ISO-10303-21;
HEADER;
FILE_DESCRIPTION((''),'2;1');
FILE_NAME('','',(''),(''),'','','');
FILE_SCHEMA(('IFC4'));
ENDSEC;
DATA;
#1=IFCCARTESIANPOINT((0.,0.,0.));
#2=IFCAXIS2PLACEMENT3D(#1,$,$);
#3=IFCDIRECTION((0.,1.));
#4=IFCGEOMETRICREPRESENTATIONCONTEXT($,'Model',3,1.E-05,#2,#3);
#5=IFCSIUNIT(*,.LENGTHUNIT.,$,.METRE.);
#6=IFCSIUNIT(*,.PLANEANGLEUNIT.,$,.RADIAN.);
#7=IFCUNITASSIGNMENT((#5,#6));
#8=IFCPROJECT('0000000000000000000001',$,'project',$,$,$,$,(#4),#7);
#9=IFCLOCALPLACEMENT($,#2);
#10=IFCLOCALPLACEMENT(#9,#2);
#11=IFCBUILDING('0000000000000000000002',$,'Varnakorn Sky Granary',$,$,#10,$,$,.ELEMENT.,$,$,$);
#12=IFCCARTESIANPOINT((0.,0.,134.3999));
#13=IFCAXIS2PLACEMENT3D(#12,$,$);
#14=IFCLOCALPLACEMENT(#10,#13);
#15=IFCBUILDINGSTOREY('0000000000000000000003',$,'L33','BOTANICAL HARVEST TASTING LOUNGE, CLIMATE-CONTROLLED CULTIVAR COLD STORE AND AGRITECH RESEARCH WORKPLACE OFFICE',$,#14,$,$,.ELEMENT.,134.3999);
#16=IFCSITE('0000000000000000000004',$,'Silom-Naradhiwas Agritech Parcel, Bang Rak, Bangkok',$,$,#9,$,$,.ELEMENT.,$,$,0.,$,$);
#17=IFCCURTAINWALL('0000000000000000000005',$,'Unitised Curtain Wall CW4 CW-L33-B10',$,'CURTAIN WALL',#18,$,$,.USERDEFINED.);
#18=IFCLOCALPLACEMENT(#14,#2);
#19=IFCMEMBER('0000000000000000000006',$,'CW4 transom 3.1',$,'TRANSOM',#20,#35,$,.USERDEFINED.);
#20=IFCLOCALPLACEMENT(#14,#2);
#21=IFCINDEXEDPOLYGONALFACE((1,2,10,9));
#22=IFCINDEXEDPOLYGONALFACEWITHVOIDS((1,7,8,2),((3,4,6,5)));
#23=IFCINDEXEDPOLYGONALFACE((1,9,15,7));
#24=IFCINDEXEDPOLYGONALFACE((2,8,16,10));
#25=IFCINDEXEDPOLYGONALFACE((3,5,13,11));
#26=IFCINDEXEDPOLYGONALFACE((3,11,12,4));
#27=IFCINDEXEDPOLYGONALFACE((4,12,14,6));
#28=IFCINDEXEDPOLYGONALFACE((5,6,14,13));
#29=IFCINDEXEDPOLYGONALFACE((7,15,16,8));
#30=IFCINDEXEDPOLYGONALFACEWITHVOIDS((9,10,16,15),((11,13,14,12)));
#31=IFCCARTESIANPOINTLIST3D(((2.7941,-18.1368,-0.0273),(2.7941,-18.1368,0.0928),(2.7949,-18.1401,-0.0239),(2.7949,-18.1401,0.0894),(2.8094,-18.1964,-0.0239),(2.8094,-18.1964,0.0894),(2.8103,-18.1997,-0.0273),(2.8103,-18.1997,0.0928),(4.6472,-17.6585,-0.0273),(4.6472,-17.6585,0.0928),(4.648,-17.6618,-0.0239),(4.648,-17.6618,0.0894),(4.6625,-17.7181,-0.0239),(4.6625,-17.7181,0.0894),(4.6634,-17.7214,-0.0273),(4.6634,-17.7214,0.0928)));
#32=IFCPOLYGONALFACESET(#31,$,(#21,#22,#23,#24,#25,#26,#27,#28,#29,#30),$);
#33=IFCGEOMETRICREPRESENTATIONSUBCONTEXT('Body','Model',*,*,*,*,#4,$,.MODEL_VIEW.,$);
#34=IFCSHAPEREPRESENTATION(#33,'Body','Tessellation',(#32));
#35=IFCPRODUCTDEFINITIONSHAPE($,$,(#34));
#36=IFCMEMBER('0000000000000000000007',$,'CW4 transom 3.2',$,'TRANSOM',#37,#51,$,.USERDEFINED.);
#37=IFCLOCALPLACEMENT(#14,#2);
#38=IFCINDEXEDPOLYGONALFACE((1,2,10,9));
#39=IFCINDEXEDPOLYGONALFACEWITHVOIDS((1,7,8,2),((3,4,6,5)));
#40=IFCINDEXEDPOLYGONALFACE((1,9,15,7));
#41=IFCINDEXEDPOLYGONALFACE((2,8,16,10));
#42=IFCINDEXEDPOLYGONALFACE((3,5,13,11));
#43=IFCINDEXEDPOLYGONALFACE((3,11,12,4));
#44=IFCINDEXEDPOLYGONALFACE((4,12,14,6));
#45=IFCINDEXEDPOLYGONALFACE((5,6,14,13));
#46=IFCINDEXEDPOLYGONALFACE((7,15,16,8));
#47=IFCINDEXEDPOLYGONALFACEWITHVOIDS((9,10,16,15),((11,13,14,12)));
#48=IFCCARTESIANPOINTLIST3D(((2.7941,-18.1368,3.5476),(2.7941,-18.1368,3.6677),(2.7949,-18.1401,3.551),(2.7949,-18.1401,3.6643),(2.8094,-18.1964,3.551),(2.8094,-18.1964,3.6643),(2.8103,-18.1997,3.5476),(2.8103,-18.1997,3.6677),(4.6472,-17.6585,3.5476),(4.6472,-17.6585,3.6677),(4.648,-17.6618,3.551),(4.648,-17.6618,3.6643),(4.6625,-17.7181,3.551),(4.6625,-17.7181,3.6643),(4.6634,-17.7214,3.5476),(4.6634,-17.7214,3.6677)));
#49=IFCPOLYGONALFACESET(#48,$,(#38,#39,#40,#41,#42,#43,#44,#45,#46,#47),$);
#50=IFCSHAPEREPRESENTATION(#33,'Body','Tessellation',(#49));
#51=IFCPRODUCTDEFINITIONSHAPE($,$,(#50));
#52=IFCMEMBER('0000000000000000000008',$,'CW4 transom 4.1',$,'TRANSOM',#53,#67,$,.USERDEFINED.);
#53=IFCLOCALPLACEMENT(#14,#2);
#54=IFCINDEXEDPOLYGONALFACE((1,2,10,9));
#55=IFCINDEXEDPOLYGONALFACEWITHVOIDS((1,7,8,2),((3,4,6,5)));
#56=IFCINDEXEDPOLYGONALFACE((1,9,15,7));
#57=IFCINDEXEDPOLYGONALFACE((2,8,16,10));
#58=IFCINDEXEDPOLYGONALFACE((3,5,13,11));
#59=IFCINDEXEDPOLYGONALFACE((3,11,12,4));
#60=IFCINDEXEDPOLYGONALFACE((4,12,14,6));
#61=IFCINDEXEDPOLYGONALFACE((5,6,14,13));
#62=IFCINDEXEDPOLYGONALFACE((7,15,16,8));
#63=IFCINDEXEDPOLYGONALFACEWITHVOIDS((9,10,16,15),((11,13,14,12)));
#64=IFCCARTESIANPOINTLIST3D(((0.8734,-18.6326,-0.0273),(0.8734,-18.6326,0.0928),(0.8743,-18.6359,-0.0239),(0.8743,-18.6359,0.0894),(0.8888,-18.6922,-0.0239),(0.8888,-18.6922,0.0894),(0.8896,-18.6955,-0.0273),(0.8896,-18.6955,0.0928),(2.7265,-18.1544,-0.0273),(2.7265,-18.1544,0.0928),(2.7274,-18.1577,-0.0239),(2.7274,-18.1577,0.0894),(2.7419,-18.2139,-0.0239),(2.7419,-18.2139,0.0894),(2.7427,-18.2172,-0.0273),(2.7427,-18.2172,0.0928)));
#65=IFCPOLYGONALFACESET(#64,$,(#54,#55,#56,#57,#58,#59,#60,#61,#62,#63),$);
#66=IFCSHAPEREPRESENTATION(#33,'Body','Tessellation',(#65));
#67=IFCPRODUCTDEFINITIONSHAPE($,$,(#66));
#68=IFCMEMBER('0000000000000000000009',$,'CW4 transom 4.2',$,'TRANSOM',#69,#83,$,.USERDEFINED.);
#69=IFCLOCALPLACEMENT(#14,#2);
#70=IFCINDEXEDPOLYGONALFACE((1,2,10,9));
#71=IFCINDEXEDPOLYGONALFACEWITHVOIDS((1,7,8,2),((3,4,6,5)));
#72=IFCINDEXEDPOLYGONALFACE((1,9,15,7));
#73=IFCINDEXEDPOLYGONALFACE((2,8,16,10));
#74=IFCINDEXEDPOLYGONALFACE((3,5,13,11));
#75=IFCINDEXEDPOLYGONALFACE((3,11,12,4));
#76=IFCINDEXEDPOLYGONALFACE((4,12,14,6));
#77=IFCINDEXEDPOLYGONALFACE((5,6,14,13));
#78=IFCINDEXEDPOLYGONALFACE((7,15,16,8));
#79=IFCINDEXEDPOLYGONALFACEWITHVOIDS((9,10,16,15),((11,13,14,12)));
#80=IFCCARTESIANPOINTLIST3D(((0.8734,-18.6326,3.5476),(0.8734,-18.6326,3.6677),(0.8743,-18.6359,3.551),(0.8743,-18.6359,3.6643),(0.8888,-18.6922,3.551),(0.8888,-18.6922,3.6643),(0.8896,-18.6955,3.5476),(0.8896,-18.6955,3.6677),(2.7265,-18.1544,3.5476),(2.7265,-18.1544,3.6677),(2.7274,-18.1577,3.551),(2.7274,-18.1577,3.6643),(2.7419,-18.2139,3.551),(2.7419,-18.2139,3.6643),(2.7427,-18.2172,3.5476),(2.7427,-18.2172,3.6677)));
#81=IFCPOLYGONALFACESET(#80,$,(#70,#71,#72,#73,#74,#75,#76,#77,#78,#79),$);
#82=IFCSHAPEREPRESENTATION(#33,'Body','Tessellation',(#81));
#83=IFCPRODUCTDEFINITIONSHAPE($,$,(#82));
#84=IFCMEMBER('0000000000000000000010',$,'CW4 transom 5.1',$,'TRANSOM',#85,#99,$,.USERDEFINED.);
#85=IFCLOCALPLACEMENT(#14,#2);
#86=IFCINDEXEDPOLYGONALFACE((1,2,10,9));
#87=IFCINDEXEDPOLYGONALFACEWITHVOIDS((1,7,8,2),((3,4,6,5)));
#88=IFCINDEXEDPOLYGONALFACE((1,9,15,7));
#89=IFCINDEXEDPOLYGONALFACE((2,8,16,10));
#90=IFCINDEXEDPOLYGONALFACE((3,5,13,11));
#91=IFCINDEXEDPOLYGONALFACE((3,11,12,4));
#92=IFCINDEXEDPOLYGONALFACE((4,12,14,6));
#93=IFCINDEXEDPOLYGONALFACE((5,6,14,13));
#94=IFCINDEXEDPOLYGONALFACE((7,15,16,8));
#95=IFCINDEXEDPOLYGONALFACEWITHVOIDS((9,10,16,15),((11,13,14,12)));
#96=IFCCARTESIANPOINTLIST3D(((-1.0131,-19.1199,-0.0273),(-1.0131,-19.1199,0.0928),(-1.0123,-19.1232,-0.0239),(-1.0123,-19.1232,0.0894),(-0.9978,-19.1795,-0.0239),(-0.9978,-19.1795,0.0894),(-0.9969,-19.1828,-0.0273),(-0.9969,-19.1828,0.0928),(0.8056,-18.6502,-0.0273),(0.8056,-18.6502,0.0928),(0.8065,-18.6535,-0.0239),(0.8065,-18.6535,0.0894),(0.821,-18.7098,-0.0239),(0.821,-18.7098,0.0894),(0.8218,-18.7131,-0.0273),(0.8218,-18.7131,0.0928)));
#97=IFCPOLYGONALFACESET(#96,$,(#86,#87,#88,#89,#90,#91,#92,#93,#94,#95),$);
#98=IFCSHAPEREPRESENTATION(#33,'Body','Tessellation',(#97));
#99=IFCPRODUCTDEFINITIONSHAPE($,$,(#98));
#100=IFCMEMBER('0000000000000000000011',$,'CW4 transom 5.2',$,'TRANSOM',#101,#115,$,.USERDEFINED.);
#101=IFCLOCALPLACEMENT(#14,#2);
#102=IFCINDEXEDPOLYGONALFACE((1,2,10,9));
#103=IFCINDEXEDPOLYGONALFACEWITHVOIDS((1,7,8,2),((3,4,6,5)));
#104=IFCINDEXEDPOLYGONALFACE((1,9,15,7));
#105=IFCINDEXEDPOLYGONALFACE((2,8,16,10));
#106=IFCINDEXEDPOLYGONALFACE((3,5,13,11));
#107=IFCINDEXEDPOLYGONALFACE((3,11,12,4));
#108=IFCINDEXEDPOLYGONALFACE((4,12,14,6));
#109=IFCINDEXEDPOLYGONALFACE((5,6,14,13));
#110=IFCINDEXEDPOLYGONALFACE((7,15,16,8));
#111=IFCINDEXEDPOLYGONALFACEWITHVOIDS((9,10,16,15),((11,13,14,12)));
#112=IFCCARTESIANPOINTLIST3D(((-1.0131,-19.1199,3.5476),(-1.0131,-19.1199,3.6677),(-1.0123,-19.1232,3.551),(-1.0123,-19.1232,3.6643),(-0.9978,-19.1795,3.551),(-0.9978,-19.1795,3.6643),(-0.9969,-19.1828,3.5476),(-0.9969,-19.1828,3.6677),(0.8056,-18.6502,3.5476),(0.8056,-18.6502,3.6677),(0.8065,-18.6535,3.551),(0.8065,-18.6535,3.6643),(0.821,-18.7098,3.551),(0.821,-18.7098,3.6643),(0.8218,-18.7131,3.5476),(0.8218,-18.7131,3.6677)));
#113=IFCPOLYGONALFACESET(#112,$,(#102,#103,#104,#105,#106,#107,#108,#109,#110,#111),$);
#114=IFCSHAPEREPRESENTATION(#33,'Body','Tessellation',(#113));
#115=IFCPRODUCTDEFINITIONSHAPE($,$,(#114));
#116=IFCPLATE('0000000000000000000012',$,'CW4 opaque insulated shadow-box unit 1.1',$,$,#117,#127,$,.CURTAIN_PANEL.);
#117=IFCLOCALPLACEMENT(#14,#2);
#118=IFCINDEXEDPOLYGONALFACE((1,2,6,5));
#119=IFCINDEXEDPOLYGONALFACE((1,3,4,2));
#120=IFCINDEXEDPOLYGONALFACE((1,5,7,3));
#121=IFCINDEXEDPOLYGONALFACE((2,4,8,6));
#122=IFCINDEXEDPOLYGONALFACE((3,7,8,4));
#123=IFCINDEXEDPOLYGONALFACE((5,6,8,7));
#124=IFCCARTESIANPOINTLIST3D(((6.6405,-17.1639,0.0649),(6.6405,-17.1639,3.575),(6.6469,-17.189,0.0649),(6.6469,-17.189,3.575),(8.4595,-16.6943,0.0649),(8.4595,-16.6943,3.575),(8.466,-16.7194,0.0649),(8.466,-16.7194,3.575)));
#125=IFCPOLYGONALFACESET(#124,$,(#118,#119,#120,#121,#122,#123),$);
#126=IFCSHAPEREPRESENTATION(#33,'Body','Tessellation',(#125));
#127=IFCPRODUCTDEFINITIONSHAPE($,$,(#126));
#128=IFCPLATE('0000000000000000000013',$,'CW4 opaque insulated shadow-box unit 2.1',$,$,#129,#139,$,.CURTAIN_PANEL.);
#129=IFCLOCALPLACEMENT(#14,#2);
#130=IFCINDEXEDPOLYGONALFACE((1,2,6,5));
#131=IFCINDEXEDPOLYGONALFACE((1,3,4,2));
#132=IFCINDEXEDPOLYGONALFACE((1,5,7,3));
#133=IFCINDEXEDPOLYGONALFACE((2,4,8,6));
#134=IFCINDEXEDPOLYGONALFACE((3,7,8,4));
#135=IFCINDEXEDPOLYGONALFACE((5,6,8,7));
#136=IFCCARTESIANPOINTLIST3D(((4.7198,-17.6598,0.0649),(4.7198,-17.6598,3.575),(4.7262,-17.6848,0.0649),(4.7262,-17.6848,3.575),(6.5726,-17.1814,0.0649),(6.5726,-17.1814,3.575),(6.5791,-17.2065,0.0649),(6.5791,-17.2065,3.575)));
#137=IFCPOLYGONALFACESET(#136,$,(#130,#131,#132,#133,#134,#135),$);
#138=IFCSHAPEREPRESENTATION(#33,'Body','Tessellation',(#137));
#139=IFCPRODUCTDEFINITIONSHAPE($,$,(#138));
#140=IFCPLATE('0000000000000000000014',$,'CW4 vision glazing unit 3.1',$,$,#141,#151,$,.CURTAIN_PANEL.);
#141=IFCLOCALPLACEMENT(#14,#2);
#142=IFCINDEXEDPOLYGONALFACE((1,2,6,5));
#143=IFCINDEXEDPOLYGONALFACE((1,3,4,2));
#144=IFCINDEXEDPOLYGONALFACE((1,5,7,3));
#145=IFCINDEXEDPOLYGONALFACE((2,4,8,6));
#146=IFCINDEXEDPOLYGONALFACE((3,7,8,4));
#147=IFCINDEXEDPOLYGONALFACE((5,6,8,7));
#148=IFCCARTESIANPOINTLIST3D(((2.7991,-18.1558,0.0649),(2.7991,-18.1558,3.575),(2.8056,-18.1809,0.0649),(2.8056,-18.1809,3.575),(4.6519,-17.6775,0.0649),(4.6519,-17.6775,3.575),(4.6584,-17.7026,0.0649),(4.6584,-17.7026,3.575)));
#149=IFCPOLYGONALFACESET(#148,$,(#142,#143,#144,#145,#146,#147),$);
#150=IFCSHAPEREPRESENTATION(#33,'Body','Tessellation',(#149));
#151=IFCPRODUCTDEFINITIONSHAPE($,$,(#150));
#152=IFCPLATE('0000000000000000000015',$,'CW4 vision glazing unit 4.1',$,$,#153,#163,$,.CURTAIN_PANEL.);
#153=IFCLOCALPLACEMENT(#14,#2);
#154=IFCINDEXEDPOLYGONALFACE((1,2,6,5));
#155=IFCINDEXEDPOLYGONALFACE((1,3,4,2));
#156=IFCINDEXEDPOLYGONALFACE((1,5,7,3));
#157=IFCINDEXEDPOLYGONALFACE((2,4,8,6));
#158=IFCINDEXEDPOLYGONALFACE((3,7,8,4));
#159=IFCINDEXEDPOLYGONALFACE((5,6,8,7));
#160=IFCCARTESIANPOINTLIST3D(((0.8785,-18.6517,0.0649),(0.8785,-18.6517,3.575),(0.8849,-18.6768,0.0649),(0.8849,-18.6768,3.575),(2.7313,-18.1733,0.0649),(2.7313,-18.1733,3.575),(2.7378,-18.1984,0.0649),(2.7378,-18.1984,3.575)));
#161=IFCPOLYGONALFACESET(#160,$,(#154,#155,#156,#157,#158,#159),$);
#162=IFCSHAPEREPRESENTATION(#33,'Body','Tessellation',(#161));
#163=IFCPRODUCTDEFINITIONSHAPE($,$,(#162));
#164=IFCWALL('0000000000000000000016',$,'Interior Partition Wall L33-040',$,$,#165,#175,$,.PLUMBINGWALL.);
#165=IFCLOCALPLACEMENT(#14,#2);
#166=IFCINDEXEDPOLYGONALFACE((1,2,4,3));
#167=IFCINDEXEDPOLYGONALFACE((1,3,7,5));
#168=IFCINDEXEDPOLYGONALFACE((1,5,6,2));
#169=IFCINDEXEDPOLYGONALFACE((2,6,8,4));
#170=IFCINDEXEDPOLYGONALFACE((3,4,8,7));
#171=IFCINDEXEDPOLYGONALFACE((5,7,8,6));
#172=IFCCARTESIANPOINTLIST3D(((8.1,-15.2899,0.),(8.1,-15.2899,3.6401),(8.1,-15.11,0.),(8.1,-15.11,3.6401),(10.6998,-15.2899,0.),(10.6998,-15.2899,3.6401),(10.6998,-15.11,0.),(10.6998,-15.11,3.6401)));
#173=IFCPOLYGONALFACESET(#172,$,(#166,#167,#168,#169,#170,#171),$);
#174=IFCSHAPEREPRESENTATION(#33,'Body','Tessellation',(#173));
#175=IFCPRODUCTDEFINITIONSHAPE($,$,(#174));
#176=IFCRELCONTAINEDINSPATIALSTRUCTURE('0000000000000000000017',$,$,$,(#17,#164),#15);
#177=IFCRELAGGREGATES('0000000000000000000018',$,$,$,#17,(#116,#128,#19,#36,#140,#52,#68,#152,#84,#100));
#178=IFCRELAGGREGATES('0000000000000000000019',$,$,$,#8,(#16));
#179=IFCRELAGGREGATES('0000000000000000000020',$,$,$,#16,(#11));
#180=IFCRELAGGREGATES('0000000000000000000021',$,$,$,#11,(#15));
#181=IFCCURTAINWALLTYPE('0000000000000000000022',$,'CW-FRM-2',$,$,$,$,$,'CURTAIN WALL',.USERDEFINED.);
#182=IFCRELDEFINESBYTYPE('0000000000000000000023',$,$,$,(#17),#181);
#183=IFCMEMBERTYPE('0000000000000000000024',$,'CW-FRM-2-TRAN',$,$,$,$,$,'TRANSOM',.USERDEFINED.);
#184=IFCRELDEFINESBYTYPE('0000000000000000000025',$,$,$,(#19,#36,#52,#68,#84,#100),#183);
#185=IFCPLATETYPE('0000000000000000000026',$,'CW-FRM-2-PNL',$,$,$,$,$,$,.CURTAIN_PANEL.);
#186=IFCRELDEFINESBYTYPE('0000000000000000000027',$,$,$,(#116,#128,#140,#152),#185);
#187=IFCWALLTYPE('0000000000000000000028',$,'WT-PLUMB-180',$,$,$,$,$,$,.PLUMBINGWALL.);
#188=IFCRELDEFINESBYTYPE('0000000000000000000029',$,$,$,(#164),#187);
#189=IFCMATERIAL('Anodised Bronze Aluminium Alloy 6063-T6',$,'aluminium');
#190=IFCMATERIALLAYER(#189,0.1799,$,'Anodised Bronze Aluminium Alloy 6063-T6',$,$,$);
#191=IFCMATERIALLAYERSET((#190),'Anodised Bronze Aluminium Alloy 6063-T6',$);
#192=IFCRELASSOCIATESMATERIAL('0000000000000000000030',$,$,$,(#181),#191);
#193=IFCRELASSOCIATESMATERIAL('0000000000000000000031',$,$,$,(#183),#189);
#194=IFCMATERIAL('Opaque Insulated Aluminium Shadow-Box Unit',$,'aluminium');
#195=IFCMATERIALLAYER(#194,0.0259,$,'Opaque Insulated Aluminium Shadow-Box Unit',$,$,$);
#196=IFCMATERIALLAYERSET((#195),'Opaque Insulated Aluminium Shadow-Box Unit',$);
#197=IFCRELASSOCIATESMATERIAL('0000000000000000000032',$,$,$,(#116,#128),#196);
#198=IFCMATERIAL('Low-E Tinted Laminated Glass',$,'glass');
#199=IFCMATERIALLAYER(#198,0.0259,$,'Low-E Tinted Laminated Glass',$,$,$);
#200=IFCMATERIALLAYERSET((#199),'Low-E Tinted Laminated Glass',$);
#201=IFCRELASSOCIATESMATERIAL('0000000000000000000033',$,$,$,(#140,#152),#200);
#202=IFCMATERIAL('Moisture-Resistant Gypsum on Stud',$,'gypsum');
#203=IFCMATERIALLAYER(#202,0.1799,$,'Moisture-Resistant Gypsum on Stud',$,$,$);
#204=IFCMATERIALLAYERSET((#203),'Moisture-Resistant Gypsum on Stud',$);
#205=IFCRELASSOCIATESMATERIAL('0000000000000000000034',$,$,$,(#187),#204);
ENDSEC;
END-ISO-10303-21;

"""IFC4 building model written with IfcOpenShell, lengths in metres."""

from ifc_helpers import new_model, si_unit, direction, frame, frame_2d, origin, origin_2d, place, context, subcontext, project, spatial, rectangle, hollow_rectangle, extrude, source, transform, mapped, material, layer, layer_set, material_profile, profile_set, type_object, type_shapes, element, aggregate, save


model = new_model("IFC4")

# Units and contexts
model_context = context("Model", 3, precision=1e-05, world=origin(), true_north=direction((0.0, 1.0)))
body_context = subcontext(model_context, "Body", "Model", "MODEL_VIEW")
ifc_project = project(units=[si_unit("LENGTHUNIT", "METRE"), si_unit("PLANEANGLEUNIT", "RADIAN")], contexts=[model_context])

# Site, building, storey
site_placement = place(None, origin())
site = spatial("IfcSite", under=ifc_project, at=site_placement, Name="Silom-Naradhiwas Agritech Parcel, Bang Rak, Bangkok", CompositionType="ELEMENT", RefElevation=0.0)
building_placement = place(site_placement, origin())
building = spatial("IfcBuilding", under=site, at=building_placement, Name="Varnakorn Sky Granary", CompositionType="ELEMENT")
storey_placement = place(building_placement, frame((0.0, 0.0, 134.3999)))
storey = spatial("IfcBuildingStorey", under=building, at=storey_placement, Name="L33", Description="BOTANICAL HARVEST TASTING LOUNGE, CLIMATE-CONTROLLED CULTIVAR COLD STORE AND AGRITECH RESEARCH WORKPLACE OFFICE", CompositionType="ELEMENT", Elevation=134.3999)

# Curtain wall, members, plates
ifc_material_1 = material(Name="Anodised Bronze Aluminium Alloy 6063-T6", Category="aluminium")
ifc_layer_1 = layer(ifc_material_1, 0.1799, Name="Anodised Bronze Aluminium Alloy 6063-T6")
ifc_layer_set_1 = layer_set([ifc_layer_1], Name="Anodised Bronze Aluminium Alloy 6063-T6")
curtain_wall_type = type_object("IfcCurtainWallType", Name="CW-FRM-2", ElementType="CURTAIN WALL", PredefinedType="USERDEFINED", material=ifc_layer_set_1)
curtain_wall_placement = place(storey_placement, origin())
curtain_wall = element("IfcCurtainWall", 1, at=curtain_wall_placement, inside=storey, type_object=curtain_wall_type, Name="Unitised Curtain Wall CW4 CW-L33-B10", ObjectType="CURTAIN WALL", PredefinedType="USERDEFINED")
ifc_material_profile_1 = material_profile(ifc_material_1, hollow_rectangle(XDim=0.0649, YDim=0.1201, WallThickness=0.0034, at=origin_2d()), Name="ALU TRAN 65x120")
ifc_profile_set_1 = profile_set([ifc_material_profile_1], Name="Anodised Bronze Aluminium Alloy 6063-T6")
member_type_1 = type_object("IfcMemberType", Name="CW-FRM-2-TRAN", ElementType="TRANSOM", PredefinedType="USERDEFINED", material=ifc_profile_set_1)
member_1_placement = place(storey_placement, frame((4.6553, -17.6899, 0.0327), z_axis=(-0.968268, -0.249913, 0.0), x_axis=(0.249913, -0.968268, 0.0)))
member_1 = element("IfcMember", 2, at=member_1_placement, type_object=member_type_1, Name="CW4 transom 3.1", ObjectType="TRANSOM", PredefinedType="USERDEFINED", context=body_context, shape_type="SweptSolid", body=[
    extrude(hollow_rectangle(XDim=0.0649, YDim=0.1201, WallThickness=0.0034, at=origin_2d()), origin(), (0.0, 0.0, 1.0), 1.9138),
])
member_2_placement = place(storey_placement, frame((4.6553, -17.6899, 3.6077), z_axis=(-0.968268, -0.249913, 0.0), x_axis=(0.249913, -0.968268, 0.0)))
member_2 = element("IfcMember", 3, at=member_2_placement, type_object=member_type_1, Name="CW4 transom 3.2", ObjectType="TRANSOM", PredefinedType="USERDEFINED", context=body_context, shape_type="SweptSolid", body=[
    extrude(hollow_rectangle(XDim=0.0649, YDim=0.1201, WallThickness=0.0034, at=origin_2d()), origin(), (0.0, 0.0, 1.0), 1.9138),
])
member_3_placement = place(storey_placement, frame((2.7346, -18.1858, 0.0327), z_axis=(-0.968268, -0.249913, 0.0), x_axis=(0.249913, -0.968268, 0.0)))
member_3 = element("IfcMember", 4, at=member_3_placement, type_object=member_type_1, Name="CW4 transom 4.1", ObjectType="TRANSOM", PredefinedType="USERDEFINED", context=body_context, shape_type="SweptSolid", body=[
    extrude(hollow_rectangle(XDim=0.0649, YDim=0.1201, WallThickness=0.0034, at=origin_2d()), origin(), (0.0, 0.0, 1.0), 1.9138),
])
member_4_placement = place(storey_placement, frame((2.7346, -18.1858, 3.6077), z_axis=(-0.968268, -0.249913, 0.0), x_axis=(0.249913, -0.968268, 0.0)))
member_4 = element("IfcMember", 5, at=member_4_placement, type_object=member_type_1, Name="CW4 transom 4.2", ObjectType="TRANSOM", PredefinedType="USERDEFINED", context=body_context, shape_type="SweptSolid", body=[
    extrude(hollow_rectangle(XDim=0.0649, YDim=0.1201, WallThickness=0.0034, at=origin_2d()), origin(), (0.0, 0.0, 1.0), 1.9138),
])
member_5_placement = place(storey_placement, frame((0.8137, -18.6816, 0.0327), z_axis=(-0.968233, -0.250051, 0.0), x_axis=(0.250051, -0.968233, 0.0)))
member_5 = element("IfcMember", 6, at=member_5_placement, type_object=member_type_1, Name="CW4 transom 5.1", ObjectType="TRANSOM", PredefinedType="USERDEFINED", context=body_context, shape_type="SweptSolid", body=[
    extrude(hollow_rectangle(XDim=0.0649, YDim=0.1201, WallThickness=0.0034, at=origin_2d()), origin(), (0.0, 0.0, 1.0), 1.8784),
])
member_6_placement = place(storey_placement, frame((0.8137, -18.6816, 3.6077), z_axis=(-0.968233, -0.250051, 0.0), x_axis=(0.250051, -0.968233, 0.0)))
member_6 = element("IfcMember", 7, at=member_6_placement, type_object=member_type_1, Name="CW4 transom 5.2", ObjectType="TRANSOM", PredefinedType="USERDEFINED", context=body_context, shape_type="SweptSolid", body=[
    extrude(hollow_rectangle(XDim=0.0649, YDim=0.1201, WallThickness=0.0034, at=origin_2d()), origin(), (0.0, 0.0, 1.0), 1.8784),
])
ifc_material_2 = material(Name="Opaque Insulated Aluminium Shadow-Box Unit", Category="aluminium")
ifc_layer_2 = layer(ifc_material_2, 0.0259, Name="Opaque Insulated Aluminium Shadow-Box Unit")
ifc_layer_set_2 = layer_set([ifc_layer_2], Name="Opaque Insulated Aluminium Shadow-Box Unit")
plate_type = type_object("IfcPlateType", Name="CW-FRM-2-PNL", PredefinedType="CURTAIN_PANEL")
shared_shape_1 = source(origin(), body_context, "Body", "SweptSolid", [
    extrude(rectangle(XDim=1.8787, YDim=0.0259, at=origin_2d()), origin(), (0.0, 0.0, 1.0), 3.51),
])
plate_1_placement = place(storey_placement, frame((7.5532, -16.9417, 0.0649), z_axis=(0.0, 0.0, 1.0), x_axis=(-0.968251, -0.24998, 0.0)))
plate_1 = element("IfcPlate", 8, at=plate_1_placement, type_object=plate_type, material=ifc_layer_set_2, Name="CW4 opaque insulated shadow-box unit 1.1", PredefinedType="CURTAIN_PANEL", context=body_context, shape_type="MappedRepresentation", body=[
    mapped(shared_shape_1, transform((0.0, 0.0, 0.0), x_axis=(1.0, 0.0, 0.0), y_axis=(0.0, 1.0, 0.0), z_axis=(0.0, 0.0, 1.0), scale=1.0)),
])
shared_shape_2 = source(origin(), body_context, "Body", "SweptSolid", [
    extrude(rectangle(XDim=1.9136, YDim=0.0259, at=origin_2d()), origin(), (0.0, 0.0, 1.0), 3.51),
])
type_shapes(plate_type, [shared_shape_1, shared_shape_2])
plate_2_placement = place(storey_placement, frame((5.6494, -17.4331, 0.0649), z_axis=(0.0, 0.0, 1.0), x_axis=(-0.968251, -0.24998, 0.0)))
plate_2 = element("IfcPlate", 9, at=plate_2_placement, type_object=plate_type, material=ifc_layer_set_2, Name="CW4 opaque insulated shadow-box unit 2.1", PredefinedType="CURTAIN_PANEL", context=body_context, shape_type="MappedRepresentation", body=[
    mapped(shared_shape_2, transform((0.0, 0.0, 0.0), x_axis=(1.0, 0.0, 0.0), y_axis=(0.0, 1.0, 0.0), z_axis=(0.0, 0.0, 1.0), scale=1.0)),
])
ifc_material_3 = material(Name="Low-E Tinted Laminated Glass", Category="glass")
ifc_layer_3 = layer(ifc_material_3, 0.0259, Name="Low-E Tinted Laminated Glass")
ifc_layer_set_3 = layer_set([ifc_layer_3], Name="Low-E Tinted Laminated Glass")
plate_3_placement = place(storey_placement, frame((3.7288, -17.9292, 0.0649), z_axis=(0.0, 0.0, 1.0), x_axis=(-0.968251, -0.24998, 0.0)))
plate_3 = element("IfcPlate", 10, at=plate_3_placement, type_object=plate_type, material=ifc_layer_set_3, Name="CW4 vision glazing unit 3.1", PredefinedType="CURTAIN_PANEL", context=body_context, shape_type="MappedRepresentation", body=[
    mapped(shared_shape_2, transform((0.0, 0.0, 0.0), x_axis=(1.0, 0.0, 0.0), y_axis=(0.0, 1.0, 0.0), z_axis=(0.0, 0.0, 1.0), scale=1.0)),
])
plate_4_placement = place(storey_placement, frame((1.8081, -18.425, 0.0649), z_axis=(0.0, 0.0, 1.0), x_axis=(-0.968251, -0.24998, 0.0)))
plate_4 = element("IfcPlate", 11, at=plate_4_placement, type_object=plate_type, material=ifc_layer_set_3, Name="CW4 vision glazing unit 4.1", PredefinedType="CURTAIN_PANEL", context=body_context, shape_type="MappedRepresentation", body=[
    mapped(shared_shape_2, transform((0.0, 0.0, 0.0), x_axis=(1.0, 0.0, 0.0), y_axis=(0.0, 1.0, 0.0), z_axis=(0.0, 0.0, 1.0), scale=1.0)),
])
aggregate(curtain_wall, [plate_1, plate_2, member_1, member_2, plate_3, member_3, member_4, plate_4, member_5, member_6])

# Wall
ifc_material_4 = material(Name="Moisture-Resistant Gypsum on Stud", Category="gypsum")
ifc_layer_4 = layer(ifc_material_4, 0.1799, Name="Moisture-Resistant Gypsum on Stud")
ifc_layer_set_4 = layer_set([ifc_layer_4], Name="Moisture-Resistant Gypsum on Stud")
wall_type = type_object("IfcWallType", Name="WT-PLUMB-180", PredefinedType="PLUMBINGWALL", material=ifc_layer_set_4)
wall_placement = place(storey_placement, frame((8.1001, -15.2, 0.0), z_axis=(0.0, 0.0, 1.0), x_axis=(1.0, 0.0, 0.0)))
element("IfcWall", 12, at=wall_placement, inside=storey, type_object=wall_type, Name="Interior Partition Wall L33-040", PredefinedType="PLUMBINGWALL", context=body_context, shape_type="SweptSolid", body=[
    extrude(rectangle(XDim=2.5999, YDim=0.1799, at=frame_2d((1.2998, 0.0))), origin(), (0.0, 0.0, 1.0), 3.6401),
])

save(model, "model.ifc")
